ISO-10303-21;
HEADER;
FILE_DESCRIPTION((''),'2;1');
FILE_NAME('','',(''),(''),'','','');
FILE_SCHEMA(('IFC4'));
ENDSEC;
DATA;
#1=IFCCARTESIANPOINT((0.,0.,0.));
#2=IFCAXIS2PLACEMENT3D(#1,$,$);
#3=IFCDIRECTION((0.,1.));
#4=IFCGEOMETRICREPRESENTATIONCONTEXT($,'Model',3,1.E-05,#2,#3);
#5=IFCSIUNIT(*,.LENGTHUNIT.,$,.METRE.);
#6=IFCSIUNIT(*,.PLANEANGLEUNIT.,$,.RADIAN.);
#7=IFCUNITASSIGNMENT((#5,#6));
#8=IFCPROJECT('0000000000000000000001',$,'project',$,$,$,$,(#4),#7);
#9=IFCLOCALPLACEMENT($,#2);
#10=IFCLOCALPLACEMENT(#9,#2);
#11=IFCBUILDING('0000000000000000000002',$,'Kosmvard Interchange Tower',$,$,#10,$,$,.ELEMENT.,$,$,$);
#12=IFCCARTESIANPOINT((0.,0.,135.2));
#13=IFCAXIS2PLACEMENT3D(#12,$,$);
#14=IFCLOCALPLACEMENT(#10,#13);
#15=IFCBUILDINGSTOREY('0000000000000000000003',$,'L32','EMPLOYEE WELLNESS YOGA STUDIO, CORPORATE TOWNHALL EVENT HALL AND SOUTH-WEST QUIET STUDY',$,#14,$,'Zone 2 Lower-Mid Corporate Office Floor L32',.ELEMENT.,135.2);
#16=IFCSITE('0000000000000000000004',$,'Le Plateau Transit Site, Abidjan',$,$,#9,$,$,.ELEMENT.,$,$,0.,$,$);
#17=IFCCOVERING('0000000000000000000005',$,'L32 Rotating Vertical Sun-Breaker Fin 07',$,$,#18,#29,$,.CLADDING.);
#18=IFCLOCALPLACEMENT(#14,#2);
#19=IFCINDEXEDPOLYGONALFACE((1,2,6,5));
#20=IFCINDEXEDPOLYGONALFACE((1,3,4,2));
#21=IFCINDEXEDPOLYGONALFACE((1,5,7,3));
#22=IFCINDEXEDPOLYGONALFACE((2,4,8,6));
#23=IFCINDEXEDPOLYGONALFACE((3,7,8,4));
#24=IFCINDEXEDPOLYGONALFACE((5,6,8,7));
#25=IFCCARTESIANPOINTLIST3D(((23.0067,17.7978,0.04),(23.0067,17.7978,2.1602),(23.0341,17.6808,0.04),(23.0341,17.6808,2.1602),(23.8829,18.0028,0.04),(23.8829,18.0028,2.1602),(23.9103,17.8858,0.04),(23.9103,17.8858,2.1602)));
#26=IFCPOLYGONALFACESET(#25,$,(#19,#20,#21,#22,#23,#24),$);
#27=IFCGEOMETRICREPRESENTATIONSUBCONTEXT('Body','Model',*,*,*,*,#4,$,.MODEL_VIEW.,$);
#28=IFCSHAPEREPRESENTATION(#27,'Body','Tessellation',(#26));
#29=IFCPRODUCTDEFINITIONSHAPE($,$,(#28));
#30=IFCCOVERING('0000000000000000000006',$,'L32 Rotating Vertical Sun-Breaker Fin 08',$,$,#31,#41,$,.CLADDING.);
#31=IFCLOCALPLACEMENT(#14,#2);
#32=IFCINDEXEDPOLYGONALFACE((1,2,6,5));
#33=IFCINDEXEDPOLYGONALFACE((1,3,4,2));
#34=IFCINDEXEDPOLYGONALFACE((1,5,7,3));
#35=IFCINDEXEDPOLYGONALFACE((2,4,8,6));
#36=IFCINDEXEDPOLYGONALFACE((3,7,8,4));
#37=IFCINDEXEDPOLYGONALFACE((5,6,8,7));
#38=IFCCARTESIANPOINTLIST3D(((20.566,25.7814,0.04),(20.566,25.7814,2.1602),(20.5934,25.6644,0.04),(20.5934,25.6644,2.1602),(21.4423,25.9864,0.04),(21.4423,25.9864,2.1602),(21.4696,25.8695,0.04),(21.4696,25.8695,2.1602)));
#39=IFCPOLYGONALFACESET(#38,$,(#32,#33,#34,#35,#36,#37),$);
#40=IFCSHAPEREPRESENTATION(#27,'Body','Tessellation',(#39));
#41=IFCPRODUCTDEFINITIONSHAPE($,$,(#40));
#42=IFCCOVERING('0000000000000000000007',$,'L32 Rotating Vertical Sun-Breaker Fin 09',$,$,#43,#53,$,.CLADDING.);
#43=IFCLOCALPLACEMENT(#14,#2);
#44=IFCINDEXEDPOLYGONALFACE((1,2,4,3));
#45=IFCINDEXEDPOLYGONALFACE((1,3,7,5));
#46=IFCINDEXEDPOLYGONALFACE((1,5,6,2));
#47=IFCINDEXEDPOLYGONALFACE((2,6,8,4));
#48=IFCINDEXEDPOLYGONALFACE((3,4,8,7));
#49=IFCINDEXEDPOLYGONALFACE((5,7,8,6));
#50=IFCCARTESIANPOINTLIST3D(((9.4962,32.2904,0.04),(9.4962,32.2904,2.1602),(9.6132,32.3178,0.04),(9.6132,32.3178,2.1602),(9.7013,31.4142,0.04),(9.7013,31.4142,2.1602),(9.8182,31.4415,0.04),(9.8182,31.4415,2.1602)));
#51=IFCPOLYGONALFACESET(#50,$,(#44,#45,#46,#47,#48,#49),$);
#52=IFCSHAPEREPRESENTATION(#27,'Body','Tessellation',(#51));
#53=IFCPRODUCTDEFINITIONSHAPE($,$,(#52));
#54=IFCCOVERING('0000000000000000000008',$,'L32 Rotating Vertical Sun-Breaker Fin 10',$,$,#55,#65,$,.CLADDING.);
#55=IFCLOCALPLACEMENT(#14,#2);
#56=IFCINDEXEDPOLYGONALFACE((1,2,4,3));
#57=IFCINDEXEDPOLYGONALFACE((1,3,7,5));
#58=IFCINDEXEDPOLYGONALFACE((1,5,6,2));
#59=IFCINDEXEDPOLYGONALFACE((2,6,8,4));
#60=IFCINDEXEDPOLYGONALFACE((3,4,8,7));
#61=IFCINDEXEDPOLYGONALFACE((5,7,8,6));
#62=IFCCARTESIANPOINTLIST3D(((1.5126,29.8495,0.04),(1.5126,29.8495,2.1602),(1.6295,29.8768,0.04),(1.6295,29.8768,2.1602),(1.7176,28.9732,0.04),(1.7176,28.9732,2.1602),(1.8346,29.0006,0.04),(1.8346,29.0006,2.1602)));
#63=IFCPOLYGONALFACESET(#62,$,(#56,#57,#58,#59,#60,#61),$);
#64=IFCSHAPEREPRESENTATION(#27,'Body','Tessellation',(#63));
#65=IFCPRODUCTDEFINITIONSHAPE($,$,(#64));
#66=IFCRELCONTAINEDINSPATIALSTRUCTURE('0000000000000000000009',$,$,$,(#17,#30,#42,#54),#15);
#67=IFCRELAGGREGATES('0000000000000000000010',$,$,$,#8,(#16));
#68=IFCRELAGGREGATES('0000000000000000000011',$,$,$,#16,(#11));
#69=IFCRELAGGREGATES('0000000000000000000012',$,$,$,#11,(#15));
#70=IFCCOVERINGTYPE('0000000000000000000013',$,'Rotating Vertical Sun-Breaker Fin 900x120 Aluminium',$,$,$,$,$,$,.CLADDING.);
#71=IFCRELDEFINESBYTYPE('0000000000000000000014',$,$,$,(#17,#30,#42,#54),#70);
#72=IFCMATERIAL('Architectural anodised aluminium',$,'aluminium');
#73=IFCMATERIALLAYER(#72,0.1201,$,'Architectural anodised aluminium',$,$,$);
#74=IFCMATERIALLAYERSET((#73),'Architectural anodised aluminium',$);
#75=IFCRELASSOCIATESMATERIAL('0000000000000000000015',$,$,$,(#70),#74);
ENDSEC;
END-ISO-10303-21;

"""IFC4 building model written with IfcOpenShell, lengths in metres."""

from ifc_helpers import new_model, si_unit, direction, frame, origin, origin_2d, place, context, subcontext, project, spatial, rectangle, extrude, source, transform, mapped, material, layer, layer_set, type_object, element, save


model = new_model("IFC4")

# Units and contexts
model_context = context("Model", 3, precision=1e-05, world=origin(), true_north=direction((0.0, 1.0)))
body_context = subcontext(model_context, "Body", "Model", "MODEL_VIEW")
ifc_project = project(units=[si_unit("LENGTHUNIT", "METRE"), si_unit("PLANEANGLEUNIT", "RADIAN")], contexts=[model_context])

# Site, building, storey
site_placement = place(None, origin())
site = spatial("IfcSite", under=ifc_project, at=site_placement, Name="Le Plateau Transit Site, Abidjan", CompositionType="ELEMENT", RefElevation=0.0)
building_placement = place(site_placement, origin())
building = spatial("IfcBuilding", under=site, at=building_placement, Name="Kosmvard Interchange Tower", CompositionType="ELEMENT")
storey_placement = place(building_placement, frame((0.0, 0.0, 135.2)))
storey = spatial("IfcBuildingStorey", under=building, at=storey_placement, Name="L32", Description="EMPLOYEE WELLNESS YOGA STUDIO, CORPORATE TOWNHALL EVENT HALL AND SOUTH-WEST QUIET STUDY", LongName="Zone 2 Lower-Mid Corporate Office Floor L32", CompositionType="ELEMENT", Elevation=135.2)

# Coverings
ifc_material_1 = material(Name="Architectural anodised aluminium", Category="aluminium")
ifc_layer_1 = layer(ifc_material_1, 0.1201, Name="Architectural anodised aluminium")
ifc_layer_set_1 = layer_set([ifc_layer_1], Name="Architectural anodised aluminium")
covering_type = type_object("IfcCoveringType", Name="Rotating Vertical Sun-Breaker Fin 900x120 Aluminium", PredefinedType="CLADDING", material=ifc_layer_set_1)
shared_shape_1 = source(origin(), body_context, "Body", "SweptSolid", [
    extrude(rectangle(XDim=0.8999, YDim=0.1201, at=origin_2d()), origin(), (0.0, 0.0, 1.0), 2.1201),
])
for number, where, z_axis, x_axis, name in (
    (1, (23.4585, 17.8418, 0.04), (0.0, 0.0, 1.0), (0.973698, 0.227841, 0.0), "L32 Rotating Vertical Sun-Breaker Fin 07"),
    (2, (21.0178, 25.8254, 0.04), (0.0, 0.0, 1.0), (0.973698, 0.227841, 0.0), "L32 Rotating Vertical Sun-Breaker Fin 08"),
    (3, (9.6572, 31.866, 0.04), (0.0, 0.0, 1.0), (-0.227841, 0.973698, 0.0), "L32 Rotating Vertical Sun-Breaker Fin 09"),
    (4, (1.6736, 29.425, 0.04), (0.0, 0.0, 1.0), (-0.227841, 0.973698, 0.0), "L32 Rotating Vertical Sun-Breaker Fin 10"),
):
    element("IfcCovering", number, at=place(storey_placement, frame(where, z_axis=z_axis, x_axis=x_axis)), inside=storey, type_object=covering_type, Name=name, PredefinedType="CLADDING", context=body_context, shape_type="MappedRepresentation", body=[
        mapped(shared_shape_1, transform((0.0, 0.0, 0.0), scale=1.0)),
    ])

save(model, "model.ifc")
